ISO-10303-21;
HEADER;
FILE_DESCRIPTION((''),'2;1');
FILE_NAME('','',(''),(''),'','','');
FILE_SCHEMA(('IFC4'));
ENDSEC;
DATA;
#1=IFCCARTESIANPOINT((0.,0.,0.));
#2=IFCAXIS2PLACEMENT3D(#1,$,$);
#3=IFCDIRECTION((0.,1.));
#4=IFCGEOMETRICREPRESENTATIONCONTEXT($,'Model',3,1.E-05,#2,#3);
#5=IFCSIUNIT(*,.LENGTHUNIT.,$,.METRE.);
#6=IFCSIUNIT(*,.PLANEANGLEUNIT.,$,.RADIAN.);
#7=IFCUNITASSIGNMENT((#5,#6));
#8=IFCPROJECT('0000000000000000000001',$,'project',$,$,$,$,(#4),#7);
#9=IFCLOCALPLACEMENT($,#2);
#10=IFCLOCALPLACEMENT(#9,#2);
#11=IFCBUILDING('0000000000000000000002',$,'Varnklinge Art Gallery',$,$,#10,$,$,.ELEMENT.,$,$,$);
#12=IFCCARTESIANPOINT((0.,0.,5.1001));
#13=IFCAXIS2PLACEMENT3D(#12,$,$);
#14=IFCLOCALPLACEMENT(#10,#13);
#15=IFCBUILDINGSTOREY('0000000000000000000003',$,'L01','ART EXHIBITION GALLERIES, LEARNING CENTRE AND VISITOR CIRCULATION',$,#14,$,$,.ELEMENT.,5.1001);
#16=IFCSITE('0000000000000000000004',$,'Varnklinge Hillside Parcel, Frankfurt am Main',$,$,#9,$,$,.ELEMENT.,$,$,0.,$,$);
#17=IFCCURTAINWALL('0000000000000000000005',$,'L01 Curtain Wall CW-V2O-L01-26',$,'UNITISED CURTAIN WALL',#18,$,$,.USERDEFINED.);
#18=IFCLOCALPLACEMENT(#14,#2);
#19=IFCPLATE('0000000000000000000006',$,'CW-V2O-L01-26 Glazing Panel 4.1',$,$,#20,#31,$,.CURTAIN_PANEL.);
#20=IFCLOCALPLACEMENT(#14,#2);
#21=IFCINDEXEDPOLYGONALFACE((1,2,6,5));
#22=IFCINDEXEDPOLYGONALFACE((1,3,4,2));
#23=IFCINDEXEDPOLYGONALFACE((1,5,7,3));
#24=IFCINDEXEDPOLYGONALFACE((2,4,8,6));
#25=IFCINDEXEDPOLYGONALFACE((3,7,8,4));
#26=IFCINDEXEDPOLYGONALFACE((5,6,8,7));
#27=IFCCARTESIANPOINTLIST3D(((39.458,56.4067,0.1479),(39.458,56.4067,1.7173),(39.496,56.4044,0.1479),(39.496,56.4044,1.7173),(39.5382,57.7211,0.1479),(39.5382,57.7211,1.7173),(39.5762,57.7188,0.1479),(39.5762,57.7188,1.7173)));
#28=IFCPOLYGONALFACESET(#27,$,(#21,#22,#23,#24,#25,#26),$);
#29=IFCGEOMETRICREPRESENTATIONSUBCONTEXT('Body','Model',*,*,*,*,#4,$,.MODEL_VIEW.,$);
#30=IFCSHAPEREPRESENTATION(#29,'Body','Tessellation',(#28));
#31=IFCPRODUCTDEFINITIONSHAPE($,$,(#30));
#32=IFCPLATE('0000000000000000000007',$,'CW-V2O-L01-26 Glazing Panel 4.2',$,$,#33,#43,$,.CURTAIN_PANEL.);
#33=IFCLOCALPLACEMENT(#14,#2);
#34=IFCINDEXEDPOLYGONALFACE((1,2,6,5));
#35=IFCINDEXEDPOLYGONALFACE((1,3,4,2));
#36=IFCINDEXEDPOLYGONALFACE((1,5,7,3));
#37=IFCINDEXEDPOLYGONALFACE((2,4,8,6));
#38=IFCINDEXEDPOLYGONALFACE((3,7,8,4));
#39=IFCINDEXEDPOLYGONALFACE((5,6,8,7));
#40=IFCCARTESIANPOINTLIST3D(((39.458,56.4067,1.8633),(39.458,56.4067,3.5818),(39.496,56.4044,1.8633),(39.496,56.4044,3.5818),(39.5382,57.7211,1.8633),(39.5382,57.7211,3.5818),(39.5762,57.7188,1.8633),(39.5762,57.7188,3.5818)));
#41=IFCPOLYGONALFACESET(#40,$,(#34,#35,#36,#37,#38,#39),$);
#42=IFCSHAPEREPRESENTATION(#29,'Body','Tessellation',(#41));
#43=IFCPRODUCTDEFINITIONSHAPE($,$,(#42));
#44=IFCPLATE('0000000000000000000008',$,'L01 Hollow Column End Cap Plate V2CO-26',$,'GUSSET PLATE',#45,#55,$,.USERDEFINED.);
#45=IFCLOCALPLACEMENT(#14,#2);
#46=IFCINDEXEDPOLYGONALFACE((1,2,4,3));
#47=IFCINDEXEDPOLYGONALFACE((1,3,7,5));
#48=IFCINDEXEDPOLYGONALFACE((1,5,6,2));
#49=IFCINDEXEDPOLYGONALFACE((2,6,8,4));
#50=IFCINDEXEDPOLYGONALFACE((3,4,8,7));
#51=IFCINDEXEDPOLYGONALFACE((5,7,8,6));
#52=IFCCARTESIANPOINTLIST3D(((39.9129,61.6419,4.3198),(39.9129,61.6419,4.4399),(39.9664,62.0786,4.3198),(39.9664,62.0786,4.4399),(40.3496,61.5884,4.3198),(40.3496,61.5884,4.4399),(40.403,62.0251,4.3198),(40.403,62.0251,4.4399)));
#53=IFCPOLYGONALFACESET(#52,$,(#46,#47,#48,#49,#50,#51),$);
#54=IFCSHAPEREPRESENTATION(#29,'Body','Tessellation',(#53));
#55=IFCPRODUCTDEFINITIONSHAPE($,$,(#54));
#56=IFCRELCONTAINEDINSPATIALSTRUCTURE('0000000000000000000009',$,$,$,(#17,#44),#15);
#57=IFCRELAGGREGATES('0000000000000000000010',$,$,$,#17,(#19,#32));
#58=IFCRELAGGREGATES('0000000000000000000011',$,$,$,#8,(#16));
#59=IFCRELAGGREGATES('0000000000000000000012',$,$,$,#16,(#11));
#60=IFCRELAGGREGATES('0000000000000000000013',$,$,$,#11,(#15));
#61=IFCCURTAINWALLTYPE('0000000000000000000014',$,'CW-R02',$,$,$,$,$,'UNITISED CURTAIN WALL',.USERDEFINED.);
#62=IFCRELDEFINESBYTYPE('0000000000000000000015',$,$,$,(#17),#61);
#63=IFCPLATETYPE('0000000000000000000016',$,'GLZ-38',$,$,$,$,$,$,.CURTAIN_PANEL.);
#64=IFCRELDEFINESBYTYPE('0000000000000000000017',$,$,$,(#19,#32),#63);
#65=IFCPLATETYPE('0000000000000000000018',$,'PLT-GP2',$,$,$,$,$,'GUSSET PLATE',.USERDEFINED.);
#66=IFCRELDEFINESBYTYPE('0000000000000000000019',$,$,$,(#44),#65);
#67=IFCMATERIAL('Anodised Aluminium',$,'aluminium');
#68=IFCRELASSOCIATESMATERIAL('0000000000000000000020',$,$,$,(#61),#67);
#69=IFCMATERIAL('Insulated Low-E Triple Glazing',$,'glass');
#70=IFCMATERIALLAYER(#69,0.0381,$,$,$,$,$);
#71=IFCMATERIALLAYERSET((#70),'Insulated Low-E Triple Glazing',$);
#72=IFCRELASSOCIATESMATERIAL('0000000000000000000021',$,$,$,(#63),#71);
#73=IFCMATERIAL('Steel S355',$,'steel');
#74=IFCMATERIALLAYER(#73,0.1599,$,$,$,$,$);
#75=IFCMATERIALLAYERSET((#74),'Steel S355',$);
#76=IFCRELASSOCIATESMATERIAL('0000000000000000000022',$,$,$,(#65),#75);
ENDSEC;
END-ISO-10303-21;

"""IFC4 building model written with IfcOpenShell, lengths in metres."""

from ifc_helpers import new_model, si_unit, direction, frame, origin, origin_2d, place, context, subcontext, project, spatial, rectangle, extrude, material, layer, layer_set, type_object, element, aggregate, save


model = new_model("IFC4")

# Units and contexts
model_context = context("Model", 3, precision=1e-05, world=origin(), true_north=direction((0.0, 1.0)))
body_context = subcontext(model_context, "Body", "Model", "MODEL_VIEW")
ifc_project = project(units=[si_unit("LENGTHUNIT", "METRE"), si_unit("PLANEANGLEUNIT", "RADIAN")], contexts=[model_context])

# Site, building, storey
site_placement = place(None, origin())
site = spatial("IfcSite", under=ifc_project, at=site_placement, Name="Varnklinge Hillside Parcel, Frankfurt am Main", CompositionType="ELEMENT", RefElevation=0.0)
building_placement = place(site_placement, origin())
building = spatial("IfcBuilding", under=site, at=building_placement, Name="Varnklinge Art Gallery", CompositionType="ELEMENT")
storey_placement = place(building_placement, frame((0.0, 0.0, 5.1001)))
storey = spatial("IfcBuildingStorey", under=building, at=storey_placement, Name="L01", Description="ART EXHIBITION GALLERIES, LEARNING CENTRE AND VISITOR CIRCULATION", CompositionType="ELEMENT", Elevation=5.1001)

# Shared definitions
ifc_material_1 = material(Name="Anodised Aluminium", Category="aluminium")
curtain_wall_type = type_object("IfcCurtainWallType", Name="CW-R02", ElementType="UNITISED CURTAIN WALL", PredefinedType="USERDEFINED", material=ifc_material_1)

# Curtain wall
curtain_wall_1_placement = place(storey_placement, origin())
curtain_wall_1 = element("IfcCurtainWall", 1, at=curtain_wall_1_placement, inside=storey, type_object=curtain_wall_type, Name="L01 Curtain Wall CW-V2O-L01-26", ObjectType="UNITISED CURTAIN WALL", PredefinedType="USERDEFINED")

# Plates
ifc_material_2 = material(Name="Insulated Low-E Triple Glazing", Category="glass")
ifc_layer_1 = layer(ifc_material_2, 0.0381)
ifc_layer_set_1 = layer_set([ifc_layer_1], Name="Insulated Low-E Triple Glazing")
plate_type_1 = type_object("IfcPlateType", Name="GLZ-38", PredefinedType="CURTAIN_PANEL", material=ifc_layer_set_1)
plate_1_placement = place(storey_placement, frame((39.5171, 57.0627, 0.1479), z_axis=(0.0, 0.0, 1.0), x_axis=(-0.060874, -0.998145, 0.0)))
plate_1 = element("IfcPlate", 2, at=plate_1_placement, type_object=plate_type_1, Name="CW-V2O-L01-26 Glazing Panel 4.1", PredefinedType="CURTAIN_PANEL", context=body_context, shape_type="SweptSolid", body=[
    extrude(rectangle(XDim=1.3169, YDim=0.0381, at=origin_2d()), origin(), (0.0, 0.0, 1.0), 1.5693),
])
plate_2_placement = place(storey_placement, frame((39.5171, 57.0627, 1.8633), z_axis=(0.0, 0.0, 1.0), x_axis=(-0.060874, -0.998145, 0.0)))
plate_2 = element("IfcPlate", 3, at=plate_2_placement, type_object=plate_type_1, Name="CW-V2O-L01-26 Glazing Panel 4.2", PredefinedType="CURTAIN_PANEL", context=body_context, shape_type="SweptSolid", body=[
    extrude(rectangle(XDim=1.3169, YDim=0.0381, at=origin_2d()), origin(), (0.0, 0.0, 1.0), 1.7185),
])
aggregate(curtain_wall_1, [plate_1, plate_2])
ifc_material_3 = material(Name="Steel S355", Category="steel")
ifc_layer_2 = layer(ifc_material_3, 0.1599)
ifc_layer_set_2 = layer_set([ifc_layer_2], Name="Steel S355")
plate_type_2 = type_object("IfcPlateType", Name="PLT-GP2", ElementType="GUSSET PLATE", PredefinedType="USERDEFINED", material=ifc_layer_set_2)
plate_3_placement = place(storey_placement, frame((40.158, 61.8335, 4.3198), z_axis=(0.0, 0.0, 1.0), x_axis=(0.992589, -0.121523, 0.0)))
element("IfcPlate", 4, at=plate_3_placement, inside=storey, type_object=plate_type_2, Name="L01 Hollow Column End Cap Plate V2CO-26", ObjectType="GUSSET PLATE", PredefinedType="USERDEFINED", context=body_context, shape_type="SweptSolid", body=[
    extrude(rectangle(XDim=0.4399, YDim=0.4399, at=origin_2d()), origin(), (0.0, 0.0, 1.0), 0.1201),
])

save(model, "model.ifc")
